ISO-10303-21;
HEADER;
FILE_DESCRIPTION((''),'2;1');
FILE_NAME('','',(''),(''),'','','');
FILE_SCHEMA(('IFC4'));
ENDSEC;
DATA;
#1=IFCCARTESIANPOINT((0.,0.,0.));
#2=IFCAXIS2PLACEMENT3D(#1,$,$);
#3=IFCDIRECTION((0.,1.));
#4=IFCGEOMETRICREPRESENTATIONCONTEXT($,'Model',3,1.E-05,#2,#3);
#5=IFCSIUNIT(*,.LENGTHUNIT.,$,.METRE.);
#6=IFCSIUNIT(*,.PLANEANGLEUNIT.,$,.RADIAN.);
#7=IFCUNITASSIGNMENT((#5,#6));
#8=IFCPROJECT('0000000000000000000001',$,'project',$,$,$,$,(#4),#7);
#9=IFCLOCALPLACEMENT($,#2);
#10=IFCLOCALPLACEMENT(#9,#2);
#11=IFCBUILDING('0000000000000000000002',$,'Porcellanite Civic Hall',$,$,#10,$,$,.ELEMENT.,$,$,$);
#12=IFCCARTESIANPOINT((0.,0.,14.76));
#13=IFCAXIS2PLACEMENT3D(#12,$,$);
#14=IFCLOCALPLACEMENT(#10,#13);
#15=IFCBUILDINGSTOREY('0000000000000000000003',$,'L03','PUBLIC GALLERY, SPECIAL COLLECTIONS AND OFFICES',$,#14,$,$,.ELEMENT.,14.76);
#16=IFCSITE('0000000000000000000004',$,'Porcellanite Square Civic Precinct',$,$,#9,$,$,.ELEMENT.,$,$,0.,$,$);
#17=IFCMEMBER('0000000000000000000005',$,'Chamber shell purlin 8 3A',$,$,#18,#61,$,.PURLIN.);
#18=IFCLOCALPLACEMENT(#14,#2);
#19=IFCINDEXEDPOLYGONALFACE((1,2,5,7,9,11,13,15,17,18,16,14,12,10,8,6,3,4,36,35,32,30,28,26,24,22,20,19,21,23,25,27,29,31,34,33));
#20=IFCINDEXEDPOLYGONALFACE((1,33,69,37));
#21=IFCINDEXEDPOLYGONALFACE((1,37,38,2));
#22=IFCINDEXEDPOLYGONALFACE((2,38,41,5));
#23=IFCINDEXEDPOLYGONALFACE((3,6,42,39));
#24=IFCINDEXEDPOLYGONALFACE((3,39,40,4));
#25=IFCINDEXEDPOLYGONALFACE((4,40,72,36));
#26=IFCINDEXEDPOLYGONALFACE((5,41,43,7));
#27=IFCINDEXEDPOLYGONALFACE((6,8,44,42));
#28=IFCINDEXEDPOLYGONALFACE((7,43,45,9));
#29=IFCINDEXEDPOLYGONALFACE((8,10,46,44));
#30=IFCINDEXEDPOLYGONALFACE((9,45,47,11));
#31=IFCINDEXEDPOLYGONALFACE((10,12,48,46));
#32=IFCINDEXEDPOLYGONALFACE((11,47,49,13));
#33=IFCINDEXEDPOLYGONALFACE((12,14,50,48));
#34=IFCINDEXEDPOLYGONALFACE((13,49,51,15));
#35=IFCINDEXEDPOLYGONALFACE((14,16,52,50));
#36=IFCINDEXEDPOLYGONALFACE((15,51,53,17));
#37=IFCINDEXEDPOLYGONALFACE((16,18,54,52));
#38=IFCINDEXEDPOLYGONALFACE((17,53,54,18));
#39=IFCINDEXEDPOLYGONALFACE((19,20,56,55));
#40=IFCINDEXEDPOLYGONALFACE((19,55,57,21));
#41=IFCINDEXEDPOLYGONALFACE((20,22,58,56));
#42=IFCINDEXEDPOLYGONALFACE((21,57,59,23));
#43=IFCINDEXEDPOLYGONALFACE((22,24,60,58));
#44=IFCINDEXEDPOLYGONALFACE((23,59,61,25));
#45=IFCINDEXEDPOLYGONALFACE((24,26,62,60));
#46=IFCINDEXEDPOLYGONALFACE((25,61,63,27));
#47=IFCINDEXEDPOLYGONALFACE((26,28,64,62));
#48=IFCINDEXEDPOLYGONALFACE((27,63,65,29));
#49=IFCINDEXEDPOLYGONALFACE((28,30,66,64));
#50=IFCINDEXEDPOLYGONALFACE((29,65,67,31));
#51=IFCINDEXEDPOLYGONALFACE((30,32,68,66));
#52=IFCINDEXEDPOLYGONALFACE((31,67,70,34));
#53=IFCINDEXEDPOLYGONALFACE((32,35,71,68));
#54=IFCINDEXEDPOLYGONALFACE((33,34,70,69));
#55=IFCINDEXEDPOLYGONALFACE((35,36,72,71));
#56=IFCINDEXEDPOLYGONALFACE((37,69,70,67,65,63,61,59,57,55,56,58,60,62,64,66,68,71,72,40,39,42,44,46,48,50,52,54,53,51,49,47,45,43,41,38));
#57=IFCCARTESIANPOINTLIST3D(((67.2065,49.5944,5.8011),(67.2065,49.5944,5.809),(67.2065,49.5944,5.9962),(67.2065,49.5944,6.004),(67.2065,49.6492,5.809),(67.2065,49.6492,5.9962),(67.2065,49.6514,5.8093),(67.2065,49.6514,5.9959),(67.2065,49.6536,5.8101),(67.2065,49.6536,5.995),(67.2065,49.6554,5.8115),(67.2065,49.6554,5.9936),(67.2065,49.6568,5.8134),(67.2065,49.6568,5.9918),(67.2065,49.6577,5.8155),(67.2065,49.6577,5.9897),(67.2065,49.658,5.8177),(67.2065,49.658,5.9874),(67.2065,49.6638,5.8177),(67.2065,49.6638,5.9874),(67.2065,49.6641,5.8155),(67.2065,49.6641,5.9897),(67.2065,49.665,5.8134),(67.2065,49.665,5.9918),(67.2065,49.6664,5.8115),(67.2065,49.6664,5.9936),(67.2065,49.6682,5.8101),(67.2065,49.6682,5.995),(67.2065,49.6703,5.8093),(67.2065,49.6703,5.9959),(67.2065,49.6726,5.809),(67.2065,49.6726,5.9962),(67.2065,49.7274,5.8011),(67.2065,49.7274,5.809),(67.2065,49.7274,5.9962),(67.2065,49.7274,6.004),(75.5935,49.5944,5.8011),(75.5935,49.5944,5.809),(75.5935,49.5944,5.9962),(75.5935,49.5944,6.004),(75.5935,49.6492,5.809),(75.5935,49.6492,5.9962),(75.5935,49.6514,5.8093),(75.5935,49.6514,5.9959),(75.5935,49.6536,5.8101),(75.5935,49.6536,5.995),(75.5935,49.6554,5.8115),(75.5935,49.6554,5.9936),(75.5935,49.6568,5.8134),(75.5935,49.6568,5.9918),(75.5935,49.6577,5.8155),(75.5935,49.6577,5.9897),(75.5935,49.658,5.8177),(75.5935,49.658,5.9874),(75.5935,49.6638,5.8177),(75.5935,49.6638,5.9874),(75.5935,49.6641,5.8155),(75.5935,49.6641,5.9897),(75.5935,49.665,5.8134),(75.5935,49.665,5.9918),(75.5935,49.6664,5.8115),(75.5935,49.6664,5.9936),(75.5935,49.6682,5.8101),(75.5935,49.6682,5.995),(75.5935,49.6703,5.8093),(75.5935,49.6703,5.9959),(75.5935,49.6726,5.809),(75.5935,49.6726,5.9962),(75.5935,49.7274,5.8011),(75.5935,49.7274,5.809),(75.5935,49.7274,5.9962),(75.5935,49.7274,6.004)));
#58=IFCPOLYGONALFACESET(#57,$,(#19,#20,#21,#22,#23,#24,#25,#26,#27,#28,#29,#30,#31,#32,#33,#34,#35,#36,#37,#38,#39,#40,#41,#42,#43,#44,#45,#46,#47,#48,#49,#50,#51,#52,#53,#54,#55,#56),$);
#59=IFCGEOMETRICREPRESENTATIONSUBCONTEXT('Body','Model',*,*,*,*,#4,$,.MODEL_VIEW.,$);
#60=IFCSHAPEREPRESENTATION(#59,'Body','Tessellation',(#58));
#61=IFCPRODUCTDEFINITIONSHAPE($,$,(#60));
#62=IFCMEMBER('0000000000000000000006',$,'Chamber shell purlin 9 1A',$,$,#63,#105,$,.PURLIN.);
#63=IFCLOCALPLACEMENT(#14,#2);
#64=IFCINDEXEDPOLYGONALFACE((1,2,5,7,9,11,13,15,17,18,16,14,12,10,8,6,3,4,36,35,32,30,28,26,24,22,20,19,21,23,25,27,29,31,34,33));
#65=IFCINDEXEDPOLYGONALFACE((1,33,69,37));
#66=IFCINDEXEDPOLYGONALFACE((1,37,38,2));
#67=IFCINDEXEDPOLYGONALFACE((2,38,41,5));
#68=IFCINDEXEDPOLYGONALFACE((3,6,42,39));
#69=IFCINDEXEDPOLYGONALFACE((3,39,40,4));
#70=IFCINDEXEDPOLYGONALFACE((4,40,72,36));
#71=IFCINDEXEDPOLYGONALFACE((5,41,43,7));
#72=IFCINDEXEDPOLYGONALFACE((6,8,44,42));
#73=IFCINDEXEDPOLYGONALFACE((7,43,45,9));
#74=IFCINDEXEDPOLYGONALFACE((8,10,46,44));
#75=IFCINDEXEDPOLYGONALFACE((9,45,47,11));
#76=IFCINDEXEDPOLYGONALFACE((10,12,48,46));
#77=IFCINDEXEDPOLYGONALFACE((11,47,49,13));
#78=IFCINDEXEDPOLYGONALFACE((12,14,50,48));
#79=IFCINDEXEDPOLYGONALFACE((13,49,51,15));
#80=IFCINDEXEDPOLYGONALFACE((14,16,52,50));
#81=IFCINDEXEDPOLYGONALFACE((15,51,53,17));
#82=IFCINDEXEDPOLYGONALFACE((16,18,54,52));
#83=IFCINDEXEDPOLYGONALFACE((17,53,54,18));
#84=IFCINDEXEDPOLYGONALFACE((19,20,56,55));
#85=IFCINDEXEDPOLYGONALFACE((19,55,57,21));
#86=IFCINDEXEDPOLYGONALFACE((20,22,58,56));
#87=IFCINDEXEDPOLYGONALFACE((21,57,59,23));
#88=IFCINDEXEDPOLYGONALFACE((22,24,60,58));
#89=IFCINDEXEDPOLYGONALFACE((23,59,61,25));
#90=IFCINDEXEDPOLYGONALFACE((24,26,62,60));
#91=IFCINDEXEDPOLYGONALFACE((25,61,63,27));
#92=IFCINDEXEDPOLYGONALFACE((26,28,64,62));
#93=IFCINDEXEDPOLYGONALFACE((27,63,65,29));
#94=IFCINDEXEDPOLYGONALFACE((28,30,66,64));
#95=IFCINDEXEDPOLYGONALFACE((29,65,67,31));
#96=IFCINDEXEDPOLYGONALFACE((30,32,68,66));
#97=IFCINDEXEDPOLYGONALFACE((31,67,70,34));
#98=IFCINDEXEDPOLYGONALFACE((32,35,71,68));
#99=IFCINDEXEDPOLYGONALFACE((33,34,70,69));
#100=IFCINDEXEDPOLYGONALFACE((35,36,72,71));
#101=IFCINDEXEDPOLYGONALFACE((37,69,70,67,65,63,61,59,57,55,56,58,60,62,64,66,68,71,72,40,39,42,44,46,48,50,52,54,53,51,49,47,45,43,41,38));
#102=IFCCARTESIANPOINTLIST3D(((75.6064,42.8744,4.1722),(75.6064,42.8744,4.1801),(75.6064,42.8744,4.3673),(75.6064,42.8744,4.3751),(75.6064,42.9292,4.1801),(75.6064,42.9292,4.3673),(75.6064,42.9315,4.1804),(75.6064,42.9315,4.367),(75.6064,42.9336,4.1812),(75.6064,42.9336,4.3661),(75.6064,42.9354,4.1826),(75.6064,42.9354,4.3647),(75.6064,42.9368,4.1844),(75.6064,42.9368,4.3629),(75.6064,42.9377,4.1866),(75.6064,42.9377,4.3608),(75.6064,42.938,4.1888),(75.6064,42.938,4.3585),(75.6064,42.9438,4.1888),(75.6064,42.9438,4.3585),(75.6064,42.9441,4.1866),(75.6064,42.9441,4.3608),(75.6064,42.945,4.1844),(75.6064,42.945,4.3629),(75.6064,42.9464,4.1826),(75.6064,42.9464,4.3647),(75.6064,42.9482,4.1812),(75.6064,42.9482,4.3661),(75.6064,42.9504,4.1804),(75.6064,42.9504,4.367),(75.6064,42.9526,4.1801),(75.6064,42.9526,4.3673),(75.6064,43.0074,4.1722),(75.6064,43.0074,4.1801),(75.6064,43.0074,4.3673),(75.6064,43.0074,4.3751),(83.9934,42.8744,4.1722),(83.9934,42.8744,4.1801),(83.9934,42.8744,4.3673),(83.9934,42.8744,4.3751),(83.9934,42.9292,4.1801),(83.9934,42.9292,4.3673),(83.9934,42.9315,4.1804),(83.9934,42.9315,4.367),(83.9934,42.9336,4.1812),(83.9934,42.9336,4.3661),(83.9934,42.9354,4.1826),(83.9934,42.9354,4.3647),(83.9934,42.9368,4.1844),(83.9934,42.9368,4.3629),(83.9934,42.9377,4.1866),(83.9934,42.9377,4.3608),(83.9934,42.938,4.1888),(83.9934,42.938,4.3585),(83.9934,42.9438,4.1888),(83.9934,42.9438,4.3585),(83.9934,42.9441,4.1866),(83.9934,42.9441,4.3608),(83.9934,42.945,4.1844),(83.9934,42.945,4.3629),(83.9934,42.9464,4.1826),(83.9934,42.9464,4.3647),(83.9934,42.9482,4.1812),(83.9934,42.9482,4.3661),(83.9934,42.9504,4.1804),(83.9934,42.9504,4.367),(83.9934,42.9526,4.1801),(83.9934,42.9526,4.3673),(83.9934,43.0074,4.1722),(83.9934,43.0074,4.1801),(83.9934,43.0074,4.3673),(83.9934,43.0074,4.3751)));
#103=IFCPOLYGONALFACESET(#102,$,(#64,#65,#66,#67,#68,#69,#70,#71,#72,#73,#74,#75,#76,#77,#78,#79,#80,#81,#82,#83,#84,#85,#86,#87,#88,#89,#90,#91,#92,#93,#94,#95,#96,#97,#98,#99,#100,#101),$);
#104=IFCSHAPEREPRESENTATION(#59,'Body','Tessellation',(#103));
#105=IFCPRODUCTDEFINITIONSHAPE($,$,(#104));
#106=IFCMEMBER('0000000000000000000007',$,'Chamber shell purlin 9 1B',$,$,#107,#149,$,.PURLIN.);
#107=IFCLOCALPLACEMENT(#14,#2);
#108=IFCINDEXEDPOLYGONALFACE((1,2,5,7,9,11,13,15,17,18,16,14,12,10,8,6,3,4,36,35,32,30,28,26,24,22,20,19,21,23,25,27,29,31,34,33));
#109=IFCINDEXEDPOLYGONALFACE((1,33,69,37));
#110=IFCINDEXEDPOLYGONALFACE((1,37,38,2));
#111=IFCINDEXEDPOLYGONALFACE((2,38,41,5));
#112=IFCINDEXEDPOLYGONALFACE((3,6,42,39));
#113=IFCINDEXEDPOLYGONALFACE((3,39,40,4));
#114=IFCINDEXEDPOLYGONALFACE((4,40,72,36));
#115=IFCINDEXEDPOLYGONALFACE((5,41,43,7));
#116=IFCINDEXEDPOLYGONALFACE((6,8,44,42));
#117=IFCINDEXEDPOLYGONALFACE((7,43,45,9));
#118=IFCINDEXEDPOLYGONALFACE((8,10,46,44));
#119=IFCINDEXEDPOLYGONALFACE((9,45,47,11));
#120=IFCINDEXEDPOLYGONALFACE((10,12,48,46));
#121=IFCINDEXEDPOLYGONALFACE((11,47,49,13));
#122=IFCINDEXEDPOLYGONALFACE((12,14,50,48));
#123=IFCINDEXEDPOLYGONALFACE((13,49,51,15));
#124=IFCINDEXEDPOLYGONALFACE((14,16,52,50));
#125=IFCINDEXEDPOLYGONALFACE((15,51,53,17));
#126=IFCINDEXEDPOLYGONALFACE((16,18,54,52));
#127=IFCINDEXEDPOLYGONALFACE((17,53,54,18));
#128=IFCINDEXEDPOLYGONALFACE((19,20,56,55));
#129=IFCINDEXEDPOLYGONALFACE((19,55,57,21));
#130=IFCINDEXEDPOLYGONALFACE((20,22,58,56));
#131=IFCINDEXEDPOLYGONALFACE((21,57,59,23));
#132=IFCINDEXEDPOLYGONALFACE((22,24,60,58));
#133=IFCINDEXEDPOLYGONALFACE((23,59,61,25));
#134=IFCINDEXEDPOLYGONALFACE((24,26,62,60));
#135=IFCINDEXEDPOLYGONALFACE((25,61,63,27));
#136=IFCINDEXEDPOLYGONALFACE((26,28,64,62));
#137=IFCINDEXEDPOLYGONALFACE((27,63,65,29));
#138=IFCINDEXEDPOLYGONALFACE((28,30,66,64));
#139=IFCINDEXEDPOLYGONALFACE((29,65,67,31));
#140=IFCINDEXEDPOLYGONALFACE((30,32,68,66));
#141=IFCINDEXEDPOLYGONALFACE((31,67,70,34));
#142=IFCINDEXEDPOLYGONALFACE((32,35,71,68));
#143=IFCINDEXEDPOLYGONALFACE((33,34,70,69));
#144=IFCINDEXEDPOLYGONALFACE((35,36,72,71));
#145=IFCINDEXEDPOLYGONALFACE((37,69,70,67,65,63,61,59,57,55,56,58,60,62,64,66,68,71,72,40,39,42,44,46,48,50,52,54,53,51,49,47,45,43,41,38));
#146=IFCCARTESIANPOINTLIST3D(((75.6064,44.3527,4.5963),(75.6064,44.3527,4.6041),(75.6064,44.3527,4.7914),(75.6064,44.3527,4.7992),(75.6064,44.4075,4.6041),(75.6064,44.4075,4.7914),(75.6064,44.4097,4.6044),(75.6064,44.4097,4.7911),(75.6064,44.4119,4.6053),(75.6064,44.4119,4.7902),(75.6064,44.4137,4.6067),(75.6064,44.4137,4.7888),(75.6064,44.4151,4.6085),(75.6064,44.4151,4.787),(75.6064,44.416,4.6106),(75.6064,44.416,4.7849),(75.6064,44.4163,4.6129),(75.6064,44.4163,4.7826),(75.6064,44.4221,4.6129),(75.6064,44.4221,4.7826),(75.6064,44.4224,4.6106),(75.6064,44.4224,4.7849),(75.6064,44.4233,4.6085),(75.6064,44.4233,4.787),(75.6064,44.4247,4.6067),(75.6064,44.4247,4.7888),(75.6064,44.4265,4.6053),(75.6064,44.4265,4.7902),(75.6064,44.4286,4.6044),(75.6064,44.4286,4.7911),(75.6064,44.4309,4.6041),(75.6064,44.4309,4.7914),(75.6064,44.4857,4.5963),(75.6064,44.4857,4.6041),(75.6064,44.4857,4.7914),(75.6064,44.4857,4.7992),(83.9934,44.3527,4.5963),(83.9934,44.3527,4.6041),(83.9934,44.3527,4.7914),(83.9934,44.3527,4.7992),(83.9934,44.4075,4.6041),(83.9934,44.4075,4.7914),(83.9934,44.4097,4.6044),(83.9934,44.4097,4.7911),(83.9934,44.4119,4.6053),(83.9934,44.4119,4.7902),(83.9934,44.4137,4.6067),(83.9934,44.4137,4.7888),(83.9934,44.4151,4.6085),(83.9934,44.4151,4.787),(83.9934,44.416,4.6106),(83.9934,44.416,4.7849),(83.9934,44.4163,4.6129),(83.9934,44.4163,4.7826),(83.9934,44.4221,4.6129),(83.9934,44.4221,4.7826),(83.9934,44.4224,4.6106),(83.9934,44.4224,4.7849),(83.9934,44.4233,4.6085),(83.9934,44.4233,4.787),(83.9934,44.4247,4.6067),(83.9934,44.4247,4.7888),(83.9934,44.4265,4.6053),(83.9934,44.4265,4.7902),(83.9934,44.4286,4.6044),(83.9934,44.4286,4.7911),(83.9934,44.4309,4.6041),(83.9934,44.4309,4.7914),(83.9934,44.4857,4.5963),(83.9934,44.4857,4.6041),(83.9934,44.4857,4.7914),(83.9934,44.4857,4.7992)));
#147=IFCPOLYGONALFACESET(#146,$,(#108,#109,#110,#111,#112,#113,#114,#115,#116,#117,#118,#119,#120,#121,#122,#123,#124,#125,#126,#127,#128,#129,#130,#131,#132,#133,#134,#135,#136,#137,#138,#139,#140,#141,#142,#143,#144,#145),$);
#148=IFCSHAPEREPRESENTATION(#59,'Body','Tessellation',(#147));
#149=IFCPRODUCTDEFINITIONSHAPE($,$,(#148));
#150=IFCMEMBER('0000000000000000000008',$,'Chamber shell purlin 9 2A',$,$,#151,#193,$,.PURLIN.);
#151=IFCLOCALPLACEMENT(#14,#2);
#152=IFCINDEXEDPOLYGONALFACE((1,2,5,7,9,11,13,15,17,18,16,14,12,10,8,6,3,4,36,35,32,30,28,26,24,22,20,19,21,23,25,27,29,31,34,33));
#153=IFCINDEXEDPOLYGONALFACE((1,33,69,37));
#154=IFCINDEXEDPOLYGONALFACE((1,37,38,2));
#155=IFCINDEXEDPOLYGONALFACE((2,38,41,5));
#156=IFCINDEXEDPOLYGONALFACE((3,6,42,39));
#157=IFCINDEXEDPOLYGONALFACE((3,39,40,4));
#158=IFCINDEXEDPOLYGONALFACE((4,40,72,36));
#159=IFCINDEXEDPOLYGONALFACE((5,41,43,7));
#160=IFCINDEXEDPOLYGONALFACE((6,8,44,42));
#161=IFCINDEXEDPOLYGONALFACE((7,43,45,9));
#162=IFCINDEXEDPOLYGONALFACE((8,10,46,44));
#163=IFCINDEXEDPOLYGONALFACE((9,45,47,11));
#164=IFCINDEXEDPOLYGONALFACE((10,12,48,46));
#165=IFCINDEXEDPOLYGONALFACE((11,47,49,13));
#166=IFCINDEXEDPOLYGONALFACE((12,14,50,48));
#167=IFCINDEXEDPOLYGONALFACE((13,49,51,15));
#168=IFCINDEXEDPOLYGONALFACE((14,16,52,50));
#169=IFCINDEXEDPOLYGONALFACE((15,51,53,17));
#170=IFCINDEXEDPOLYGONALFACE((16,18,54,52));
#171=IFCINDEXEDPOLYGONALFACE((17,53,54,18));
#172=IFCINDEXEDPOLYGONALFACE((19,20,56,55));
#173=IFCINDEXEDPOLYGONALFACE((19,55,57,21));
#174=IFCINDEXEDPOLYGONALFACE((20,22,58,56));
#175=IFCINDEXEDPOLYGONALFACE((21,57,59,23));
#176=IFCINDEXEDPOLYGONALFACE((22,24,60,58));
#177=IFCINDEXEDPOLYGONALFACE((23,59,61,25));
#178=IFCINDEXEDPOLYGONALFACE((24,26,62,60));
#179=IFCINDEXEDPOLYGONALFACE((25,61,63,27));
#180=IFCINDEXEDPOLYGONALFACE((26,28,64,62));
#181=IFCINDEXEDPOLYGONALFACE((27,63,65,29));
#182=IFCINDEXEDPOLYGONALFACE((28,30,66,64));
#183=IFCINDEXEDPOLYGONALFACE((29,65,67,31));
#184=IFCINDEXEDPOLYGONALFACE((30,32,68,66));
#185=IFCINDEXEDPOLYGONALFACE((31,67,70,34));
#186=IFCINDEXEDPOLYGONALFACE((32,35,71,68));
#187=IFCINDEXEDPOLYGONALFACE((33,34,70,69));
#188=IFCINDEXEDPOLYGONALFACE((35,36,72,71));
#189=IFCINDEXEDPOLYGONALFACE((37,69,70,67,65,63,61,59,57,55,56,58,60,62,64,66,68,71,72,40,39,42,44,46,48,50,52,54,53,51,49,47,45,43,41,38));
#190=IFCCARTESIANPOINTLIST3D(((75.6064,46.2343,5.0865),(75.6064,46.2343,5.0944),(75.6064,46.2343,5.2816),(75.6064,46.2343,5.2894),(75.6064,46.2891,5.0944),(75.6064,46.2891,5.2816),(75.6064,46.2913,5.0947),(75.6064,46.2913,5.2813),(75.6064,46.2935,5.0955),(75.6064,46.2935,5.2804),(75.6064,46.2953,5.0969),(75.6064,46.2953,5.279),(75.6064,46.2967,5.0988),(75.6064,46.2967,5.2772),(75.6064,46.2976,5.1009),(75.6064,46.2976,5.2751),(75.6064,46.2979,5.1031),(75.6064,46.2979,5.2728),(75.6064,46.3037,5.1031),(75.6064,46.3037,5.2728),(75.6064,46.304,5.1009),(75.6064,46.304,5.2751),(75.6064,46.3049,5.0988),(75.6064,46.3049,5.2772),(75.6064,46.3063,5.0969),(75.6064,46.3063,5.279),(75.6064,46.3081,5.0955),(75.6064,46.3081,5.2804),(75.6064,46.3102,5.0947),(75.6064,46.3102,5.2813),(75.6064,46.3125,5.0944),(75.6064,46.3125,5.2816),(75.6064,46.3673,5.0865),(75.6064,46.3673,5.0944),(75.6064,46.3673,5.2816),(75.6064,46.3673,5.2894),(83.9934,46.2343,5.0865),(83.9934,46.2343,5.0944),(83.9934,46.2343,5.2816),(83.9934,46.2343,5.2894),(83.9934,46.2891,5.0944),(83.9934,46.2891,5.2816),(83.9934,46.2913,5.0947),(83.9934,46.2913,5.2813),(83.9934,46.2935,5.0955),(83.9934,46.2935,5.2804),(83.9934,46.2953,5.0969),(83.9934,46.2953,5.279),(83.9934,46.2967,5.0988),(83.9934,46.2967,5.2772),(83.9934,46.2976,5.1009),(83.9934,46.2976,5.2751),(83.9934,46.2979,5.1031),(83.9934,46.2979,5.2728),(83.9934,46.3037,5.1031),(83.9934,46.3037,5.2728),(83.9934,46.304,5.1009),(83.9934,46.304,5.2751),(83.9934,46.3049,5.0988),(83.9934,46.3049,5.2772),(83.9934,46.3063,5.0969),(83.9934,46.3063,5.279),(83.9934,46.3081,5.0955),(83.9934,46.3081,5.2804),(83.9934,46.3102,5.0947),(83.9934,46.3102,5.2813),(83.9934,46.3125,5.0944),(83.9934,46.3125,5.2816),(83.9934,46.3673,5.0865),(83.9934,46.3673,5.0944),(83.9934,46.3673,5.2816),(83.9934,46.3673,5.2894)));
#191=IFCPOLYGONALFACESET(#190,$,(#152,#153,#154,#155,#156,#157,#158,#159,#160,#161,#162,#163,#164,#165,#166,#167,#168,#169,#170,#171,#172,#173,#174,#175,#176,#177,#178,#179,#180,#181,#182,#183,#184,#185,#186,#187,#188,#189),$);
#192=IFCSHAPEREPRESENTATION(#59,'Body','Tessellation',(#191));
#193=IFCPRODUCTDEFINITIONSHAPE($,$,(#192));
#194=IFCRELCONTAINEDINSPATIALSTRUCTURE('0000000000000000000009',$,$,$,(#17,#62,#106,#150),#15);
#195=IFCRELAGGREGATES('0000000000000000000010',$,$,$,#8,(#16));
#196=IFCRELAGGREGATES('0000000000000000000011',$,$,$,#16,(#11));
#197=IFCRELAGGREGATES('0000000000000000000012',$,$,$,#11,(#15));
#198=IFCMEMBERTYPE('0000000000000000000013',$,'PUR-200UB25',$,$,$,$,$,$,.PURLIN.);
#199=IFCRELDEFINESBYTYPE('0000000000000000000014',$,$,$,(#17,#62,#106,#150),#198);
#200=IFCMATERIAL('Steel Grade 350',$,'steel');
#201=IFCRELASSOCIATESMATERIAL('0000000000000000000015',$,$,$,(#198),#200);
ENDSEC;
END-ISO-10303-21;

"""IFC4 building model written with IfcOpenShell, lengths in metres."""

from ifc_helpers import new_model, si_unit, direction, frame, origin, origin_2d, place, context, subcontext, project, spatial, i_section, extrude, material, material_profile, profile_set, type_object, element, save


model = new_model("IFC4")

# Units and contexts
model_context = context("Model", 3, precision=1e-05, world=origin(), true_north=direction((0.0, 1.0)))
body_context = subcontext(model_context, "Body", "Model", "MODEL_VIEW")
ifc_project = project(units=[si_unit("LENGTHUNIT", "METRE"), si_unit("PLANEANGLEUNIT", "RADIAN")], contexts=[model_context])

# Site, building, storey
site_placement = place(None, origin())
site = spatial("IfcSite", under=ifc_project, at=site_placement, Name="Porcellanite Square Civic Precinct", CompositionType="ELEMENT", RefElevation=0.0)
building_placement = place(site_placement, origin())
building = spatial("IfcBuilding", under=site, at=building_placement, Name="Porcellanite Civic Hall", CompositionType="ELEMENT")
storey_placement = place(building_placement, frame((0.0, 0.0, 14.76)))
storey = spatial("IfcBuildingStorey", under=building, at=storey_placement, Name="L03", Description="PUBLIC GALLERY, SPECIAL COLLECTIONS AND OFFICES", CompositionType="ELEMENT", Elevation=14.76)

# Members
ifc_material_1 = material(Name="Steel Grade 350", Category="steel")
ifc_material_profile_1 = material_profile(ifc_material_1, i_section(OverallWidth=0.1331, OverallDepth=0.2029, WebThickness=0.0059, FlangeThickness=0.0078, FilletRadius=0.0088, at=origin_2d()), Name="200UB25.4")
ifc_profile_set_1 = profile_set([ifc_material_profile_1], Name="Steel Grade 350")
member_type_1 = type_object("IfcMemberType", Name="PUR-200UB25", PredefinedType="PURLIN", material=ifc_profile_set_1)
for number, where, z_axis, x_axis, name in (
    (1, (67.2065, 49.6609, 5.9026), (1.0, 0.0, 0.0), (0.0, 1.0, 0.0), "Chamber shell purlin 8 3A"),
    (2, (75.6064, 42.9409, 4.2737), (1.0, 0.0, 0.0), (0.0, 1.0, 0.0), "Chamber shell purlin 9 1A"),
    (3, (75.6064, 44.4192, 4.6978), (1.0, 0.0, 0.0), (0.0, 1.0, 0.0), "Chamber shell purlin 9 1B"),
    (4, (75.6064, 46.3008, 5.188), (1.0, 0.0, 0.0), (0.0, 1.0, 0.0), "Chamber shell purlin 9 2A"),
):
    element("IfcMember", number, at=place(storey_placement, frame(where, z_axis=z_axis, x_axis=x_axis)), inside=storey, type_object=member_type_1, Name=name, PredefinedType="PURLIN", context=body_context, shape_type="SweptSolid", body=[
        extrude(i_section(OverallWidth=0.1331, OverallDepth=0.2029, WebThickness=0.0059, FlangeThickness=0.0078, FilletRadius=0.0088, at=origin_2d()), origin(), (0.0, 0.0, 1.0), 8.387),
    ])

save(model, "model.ifc")
